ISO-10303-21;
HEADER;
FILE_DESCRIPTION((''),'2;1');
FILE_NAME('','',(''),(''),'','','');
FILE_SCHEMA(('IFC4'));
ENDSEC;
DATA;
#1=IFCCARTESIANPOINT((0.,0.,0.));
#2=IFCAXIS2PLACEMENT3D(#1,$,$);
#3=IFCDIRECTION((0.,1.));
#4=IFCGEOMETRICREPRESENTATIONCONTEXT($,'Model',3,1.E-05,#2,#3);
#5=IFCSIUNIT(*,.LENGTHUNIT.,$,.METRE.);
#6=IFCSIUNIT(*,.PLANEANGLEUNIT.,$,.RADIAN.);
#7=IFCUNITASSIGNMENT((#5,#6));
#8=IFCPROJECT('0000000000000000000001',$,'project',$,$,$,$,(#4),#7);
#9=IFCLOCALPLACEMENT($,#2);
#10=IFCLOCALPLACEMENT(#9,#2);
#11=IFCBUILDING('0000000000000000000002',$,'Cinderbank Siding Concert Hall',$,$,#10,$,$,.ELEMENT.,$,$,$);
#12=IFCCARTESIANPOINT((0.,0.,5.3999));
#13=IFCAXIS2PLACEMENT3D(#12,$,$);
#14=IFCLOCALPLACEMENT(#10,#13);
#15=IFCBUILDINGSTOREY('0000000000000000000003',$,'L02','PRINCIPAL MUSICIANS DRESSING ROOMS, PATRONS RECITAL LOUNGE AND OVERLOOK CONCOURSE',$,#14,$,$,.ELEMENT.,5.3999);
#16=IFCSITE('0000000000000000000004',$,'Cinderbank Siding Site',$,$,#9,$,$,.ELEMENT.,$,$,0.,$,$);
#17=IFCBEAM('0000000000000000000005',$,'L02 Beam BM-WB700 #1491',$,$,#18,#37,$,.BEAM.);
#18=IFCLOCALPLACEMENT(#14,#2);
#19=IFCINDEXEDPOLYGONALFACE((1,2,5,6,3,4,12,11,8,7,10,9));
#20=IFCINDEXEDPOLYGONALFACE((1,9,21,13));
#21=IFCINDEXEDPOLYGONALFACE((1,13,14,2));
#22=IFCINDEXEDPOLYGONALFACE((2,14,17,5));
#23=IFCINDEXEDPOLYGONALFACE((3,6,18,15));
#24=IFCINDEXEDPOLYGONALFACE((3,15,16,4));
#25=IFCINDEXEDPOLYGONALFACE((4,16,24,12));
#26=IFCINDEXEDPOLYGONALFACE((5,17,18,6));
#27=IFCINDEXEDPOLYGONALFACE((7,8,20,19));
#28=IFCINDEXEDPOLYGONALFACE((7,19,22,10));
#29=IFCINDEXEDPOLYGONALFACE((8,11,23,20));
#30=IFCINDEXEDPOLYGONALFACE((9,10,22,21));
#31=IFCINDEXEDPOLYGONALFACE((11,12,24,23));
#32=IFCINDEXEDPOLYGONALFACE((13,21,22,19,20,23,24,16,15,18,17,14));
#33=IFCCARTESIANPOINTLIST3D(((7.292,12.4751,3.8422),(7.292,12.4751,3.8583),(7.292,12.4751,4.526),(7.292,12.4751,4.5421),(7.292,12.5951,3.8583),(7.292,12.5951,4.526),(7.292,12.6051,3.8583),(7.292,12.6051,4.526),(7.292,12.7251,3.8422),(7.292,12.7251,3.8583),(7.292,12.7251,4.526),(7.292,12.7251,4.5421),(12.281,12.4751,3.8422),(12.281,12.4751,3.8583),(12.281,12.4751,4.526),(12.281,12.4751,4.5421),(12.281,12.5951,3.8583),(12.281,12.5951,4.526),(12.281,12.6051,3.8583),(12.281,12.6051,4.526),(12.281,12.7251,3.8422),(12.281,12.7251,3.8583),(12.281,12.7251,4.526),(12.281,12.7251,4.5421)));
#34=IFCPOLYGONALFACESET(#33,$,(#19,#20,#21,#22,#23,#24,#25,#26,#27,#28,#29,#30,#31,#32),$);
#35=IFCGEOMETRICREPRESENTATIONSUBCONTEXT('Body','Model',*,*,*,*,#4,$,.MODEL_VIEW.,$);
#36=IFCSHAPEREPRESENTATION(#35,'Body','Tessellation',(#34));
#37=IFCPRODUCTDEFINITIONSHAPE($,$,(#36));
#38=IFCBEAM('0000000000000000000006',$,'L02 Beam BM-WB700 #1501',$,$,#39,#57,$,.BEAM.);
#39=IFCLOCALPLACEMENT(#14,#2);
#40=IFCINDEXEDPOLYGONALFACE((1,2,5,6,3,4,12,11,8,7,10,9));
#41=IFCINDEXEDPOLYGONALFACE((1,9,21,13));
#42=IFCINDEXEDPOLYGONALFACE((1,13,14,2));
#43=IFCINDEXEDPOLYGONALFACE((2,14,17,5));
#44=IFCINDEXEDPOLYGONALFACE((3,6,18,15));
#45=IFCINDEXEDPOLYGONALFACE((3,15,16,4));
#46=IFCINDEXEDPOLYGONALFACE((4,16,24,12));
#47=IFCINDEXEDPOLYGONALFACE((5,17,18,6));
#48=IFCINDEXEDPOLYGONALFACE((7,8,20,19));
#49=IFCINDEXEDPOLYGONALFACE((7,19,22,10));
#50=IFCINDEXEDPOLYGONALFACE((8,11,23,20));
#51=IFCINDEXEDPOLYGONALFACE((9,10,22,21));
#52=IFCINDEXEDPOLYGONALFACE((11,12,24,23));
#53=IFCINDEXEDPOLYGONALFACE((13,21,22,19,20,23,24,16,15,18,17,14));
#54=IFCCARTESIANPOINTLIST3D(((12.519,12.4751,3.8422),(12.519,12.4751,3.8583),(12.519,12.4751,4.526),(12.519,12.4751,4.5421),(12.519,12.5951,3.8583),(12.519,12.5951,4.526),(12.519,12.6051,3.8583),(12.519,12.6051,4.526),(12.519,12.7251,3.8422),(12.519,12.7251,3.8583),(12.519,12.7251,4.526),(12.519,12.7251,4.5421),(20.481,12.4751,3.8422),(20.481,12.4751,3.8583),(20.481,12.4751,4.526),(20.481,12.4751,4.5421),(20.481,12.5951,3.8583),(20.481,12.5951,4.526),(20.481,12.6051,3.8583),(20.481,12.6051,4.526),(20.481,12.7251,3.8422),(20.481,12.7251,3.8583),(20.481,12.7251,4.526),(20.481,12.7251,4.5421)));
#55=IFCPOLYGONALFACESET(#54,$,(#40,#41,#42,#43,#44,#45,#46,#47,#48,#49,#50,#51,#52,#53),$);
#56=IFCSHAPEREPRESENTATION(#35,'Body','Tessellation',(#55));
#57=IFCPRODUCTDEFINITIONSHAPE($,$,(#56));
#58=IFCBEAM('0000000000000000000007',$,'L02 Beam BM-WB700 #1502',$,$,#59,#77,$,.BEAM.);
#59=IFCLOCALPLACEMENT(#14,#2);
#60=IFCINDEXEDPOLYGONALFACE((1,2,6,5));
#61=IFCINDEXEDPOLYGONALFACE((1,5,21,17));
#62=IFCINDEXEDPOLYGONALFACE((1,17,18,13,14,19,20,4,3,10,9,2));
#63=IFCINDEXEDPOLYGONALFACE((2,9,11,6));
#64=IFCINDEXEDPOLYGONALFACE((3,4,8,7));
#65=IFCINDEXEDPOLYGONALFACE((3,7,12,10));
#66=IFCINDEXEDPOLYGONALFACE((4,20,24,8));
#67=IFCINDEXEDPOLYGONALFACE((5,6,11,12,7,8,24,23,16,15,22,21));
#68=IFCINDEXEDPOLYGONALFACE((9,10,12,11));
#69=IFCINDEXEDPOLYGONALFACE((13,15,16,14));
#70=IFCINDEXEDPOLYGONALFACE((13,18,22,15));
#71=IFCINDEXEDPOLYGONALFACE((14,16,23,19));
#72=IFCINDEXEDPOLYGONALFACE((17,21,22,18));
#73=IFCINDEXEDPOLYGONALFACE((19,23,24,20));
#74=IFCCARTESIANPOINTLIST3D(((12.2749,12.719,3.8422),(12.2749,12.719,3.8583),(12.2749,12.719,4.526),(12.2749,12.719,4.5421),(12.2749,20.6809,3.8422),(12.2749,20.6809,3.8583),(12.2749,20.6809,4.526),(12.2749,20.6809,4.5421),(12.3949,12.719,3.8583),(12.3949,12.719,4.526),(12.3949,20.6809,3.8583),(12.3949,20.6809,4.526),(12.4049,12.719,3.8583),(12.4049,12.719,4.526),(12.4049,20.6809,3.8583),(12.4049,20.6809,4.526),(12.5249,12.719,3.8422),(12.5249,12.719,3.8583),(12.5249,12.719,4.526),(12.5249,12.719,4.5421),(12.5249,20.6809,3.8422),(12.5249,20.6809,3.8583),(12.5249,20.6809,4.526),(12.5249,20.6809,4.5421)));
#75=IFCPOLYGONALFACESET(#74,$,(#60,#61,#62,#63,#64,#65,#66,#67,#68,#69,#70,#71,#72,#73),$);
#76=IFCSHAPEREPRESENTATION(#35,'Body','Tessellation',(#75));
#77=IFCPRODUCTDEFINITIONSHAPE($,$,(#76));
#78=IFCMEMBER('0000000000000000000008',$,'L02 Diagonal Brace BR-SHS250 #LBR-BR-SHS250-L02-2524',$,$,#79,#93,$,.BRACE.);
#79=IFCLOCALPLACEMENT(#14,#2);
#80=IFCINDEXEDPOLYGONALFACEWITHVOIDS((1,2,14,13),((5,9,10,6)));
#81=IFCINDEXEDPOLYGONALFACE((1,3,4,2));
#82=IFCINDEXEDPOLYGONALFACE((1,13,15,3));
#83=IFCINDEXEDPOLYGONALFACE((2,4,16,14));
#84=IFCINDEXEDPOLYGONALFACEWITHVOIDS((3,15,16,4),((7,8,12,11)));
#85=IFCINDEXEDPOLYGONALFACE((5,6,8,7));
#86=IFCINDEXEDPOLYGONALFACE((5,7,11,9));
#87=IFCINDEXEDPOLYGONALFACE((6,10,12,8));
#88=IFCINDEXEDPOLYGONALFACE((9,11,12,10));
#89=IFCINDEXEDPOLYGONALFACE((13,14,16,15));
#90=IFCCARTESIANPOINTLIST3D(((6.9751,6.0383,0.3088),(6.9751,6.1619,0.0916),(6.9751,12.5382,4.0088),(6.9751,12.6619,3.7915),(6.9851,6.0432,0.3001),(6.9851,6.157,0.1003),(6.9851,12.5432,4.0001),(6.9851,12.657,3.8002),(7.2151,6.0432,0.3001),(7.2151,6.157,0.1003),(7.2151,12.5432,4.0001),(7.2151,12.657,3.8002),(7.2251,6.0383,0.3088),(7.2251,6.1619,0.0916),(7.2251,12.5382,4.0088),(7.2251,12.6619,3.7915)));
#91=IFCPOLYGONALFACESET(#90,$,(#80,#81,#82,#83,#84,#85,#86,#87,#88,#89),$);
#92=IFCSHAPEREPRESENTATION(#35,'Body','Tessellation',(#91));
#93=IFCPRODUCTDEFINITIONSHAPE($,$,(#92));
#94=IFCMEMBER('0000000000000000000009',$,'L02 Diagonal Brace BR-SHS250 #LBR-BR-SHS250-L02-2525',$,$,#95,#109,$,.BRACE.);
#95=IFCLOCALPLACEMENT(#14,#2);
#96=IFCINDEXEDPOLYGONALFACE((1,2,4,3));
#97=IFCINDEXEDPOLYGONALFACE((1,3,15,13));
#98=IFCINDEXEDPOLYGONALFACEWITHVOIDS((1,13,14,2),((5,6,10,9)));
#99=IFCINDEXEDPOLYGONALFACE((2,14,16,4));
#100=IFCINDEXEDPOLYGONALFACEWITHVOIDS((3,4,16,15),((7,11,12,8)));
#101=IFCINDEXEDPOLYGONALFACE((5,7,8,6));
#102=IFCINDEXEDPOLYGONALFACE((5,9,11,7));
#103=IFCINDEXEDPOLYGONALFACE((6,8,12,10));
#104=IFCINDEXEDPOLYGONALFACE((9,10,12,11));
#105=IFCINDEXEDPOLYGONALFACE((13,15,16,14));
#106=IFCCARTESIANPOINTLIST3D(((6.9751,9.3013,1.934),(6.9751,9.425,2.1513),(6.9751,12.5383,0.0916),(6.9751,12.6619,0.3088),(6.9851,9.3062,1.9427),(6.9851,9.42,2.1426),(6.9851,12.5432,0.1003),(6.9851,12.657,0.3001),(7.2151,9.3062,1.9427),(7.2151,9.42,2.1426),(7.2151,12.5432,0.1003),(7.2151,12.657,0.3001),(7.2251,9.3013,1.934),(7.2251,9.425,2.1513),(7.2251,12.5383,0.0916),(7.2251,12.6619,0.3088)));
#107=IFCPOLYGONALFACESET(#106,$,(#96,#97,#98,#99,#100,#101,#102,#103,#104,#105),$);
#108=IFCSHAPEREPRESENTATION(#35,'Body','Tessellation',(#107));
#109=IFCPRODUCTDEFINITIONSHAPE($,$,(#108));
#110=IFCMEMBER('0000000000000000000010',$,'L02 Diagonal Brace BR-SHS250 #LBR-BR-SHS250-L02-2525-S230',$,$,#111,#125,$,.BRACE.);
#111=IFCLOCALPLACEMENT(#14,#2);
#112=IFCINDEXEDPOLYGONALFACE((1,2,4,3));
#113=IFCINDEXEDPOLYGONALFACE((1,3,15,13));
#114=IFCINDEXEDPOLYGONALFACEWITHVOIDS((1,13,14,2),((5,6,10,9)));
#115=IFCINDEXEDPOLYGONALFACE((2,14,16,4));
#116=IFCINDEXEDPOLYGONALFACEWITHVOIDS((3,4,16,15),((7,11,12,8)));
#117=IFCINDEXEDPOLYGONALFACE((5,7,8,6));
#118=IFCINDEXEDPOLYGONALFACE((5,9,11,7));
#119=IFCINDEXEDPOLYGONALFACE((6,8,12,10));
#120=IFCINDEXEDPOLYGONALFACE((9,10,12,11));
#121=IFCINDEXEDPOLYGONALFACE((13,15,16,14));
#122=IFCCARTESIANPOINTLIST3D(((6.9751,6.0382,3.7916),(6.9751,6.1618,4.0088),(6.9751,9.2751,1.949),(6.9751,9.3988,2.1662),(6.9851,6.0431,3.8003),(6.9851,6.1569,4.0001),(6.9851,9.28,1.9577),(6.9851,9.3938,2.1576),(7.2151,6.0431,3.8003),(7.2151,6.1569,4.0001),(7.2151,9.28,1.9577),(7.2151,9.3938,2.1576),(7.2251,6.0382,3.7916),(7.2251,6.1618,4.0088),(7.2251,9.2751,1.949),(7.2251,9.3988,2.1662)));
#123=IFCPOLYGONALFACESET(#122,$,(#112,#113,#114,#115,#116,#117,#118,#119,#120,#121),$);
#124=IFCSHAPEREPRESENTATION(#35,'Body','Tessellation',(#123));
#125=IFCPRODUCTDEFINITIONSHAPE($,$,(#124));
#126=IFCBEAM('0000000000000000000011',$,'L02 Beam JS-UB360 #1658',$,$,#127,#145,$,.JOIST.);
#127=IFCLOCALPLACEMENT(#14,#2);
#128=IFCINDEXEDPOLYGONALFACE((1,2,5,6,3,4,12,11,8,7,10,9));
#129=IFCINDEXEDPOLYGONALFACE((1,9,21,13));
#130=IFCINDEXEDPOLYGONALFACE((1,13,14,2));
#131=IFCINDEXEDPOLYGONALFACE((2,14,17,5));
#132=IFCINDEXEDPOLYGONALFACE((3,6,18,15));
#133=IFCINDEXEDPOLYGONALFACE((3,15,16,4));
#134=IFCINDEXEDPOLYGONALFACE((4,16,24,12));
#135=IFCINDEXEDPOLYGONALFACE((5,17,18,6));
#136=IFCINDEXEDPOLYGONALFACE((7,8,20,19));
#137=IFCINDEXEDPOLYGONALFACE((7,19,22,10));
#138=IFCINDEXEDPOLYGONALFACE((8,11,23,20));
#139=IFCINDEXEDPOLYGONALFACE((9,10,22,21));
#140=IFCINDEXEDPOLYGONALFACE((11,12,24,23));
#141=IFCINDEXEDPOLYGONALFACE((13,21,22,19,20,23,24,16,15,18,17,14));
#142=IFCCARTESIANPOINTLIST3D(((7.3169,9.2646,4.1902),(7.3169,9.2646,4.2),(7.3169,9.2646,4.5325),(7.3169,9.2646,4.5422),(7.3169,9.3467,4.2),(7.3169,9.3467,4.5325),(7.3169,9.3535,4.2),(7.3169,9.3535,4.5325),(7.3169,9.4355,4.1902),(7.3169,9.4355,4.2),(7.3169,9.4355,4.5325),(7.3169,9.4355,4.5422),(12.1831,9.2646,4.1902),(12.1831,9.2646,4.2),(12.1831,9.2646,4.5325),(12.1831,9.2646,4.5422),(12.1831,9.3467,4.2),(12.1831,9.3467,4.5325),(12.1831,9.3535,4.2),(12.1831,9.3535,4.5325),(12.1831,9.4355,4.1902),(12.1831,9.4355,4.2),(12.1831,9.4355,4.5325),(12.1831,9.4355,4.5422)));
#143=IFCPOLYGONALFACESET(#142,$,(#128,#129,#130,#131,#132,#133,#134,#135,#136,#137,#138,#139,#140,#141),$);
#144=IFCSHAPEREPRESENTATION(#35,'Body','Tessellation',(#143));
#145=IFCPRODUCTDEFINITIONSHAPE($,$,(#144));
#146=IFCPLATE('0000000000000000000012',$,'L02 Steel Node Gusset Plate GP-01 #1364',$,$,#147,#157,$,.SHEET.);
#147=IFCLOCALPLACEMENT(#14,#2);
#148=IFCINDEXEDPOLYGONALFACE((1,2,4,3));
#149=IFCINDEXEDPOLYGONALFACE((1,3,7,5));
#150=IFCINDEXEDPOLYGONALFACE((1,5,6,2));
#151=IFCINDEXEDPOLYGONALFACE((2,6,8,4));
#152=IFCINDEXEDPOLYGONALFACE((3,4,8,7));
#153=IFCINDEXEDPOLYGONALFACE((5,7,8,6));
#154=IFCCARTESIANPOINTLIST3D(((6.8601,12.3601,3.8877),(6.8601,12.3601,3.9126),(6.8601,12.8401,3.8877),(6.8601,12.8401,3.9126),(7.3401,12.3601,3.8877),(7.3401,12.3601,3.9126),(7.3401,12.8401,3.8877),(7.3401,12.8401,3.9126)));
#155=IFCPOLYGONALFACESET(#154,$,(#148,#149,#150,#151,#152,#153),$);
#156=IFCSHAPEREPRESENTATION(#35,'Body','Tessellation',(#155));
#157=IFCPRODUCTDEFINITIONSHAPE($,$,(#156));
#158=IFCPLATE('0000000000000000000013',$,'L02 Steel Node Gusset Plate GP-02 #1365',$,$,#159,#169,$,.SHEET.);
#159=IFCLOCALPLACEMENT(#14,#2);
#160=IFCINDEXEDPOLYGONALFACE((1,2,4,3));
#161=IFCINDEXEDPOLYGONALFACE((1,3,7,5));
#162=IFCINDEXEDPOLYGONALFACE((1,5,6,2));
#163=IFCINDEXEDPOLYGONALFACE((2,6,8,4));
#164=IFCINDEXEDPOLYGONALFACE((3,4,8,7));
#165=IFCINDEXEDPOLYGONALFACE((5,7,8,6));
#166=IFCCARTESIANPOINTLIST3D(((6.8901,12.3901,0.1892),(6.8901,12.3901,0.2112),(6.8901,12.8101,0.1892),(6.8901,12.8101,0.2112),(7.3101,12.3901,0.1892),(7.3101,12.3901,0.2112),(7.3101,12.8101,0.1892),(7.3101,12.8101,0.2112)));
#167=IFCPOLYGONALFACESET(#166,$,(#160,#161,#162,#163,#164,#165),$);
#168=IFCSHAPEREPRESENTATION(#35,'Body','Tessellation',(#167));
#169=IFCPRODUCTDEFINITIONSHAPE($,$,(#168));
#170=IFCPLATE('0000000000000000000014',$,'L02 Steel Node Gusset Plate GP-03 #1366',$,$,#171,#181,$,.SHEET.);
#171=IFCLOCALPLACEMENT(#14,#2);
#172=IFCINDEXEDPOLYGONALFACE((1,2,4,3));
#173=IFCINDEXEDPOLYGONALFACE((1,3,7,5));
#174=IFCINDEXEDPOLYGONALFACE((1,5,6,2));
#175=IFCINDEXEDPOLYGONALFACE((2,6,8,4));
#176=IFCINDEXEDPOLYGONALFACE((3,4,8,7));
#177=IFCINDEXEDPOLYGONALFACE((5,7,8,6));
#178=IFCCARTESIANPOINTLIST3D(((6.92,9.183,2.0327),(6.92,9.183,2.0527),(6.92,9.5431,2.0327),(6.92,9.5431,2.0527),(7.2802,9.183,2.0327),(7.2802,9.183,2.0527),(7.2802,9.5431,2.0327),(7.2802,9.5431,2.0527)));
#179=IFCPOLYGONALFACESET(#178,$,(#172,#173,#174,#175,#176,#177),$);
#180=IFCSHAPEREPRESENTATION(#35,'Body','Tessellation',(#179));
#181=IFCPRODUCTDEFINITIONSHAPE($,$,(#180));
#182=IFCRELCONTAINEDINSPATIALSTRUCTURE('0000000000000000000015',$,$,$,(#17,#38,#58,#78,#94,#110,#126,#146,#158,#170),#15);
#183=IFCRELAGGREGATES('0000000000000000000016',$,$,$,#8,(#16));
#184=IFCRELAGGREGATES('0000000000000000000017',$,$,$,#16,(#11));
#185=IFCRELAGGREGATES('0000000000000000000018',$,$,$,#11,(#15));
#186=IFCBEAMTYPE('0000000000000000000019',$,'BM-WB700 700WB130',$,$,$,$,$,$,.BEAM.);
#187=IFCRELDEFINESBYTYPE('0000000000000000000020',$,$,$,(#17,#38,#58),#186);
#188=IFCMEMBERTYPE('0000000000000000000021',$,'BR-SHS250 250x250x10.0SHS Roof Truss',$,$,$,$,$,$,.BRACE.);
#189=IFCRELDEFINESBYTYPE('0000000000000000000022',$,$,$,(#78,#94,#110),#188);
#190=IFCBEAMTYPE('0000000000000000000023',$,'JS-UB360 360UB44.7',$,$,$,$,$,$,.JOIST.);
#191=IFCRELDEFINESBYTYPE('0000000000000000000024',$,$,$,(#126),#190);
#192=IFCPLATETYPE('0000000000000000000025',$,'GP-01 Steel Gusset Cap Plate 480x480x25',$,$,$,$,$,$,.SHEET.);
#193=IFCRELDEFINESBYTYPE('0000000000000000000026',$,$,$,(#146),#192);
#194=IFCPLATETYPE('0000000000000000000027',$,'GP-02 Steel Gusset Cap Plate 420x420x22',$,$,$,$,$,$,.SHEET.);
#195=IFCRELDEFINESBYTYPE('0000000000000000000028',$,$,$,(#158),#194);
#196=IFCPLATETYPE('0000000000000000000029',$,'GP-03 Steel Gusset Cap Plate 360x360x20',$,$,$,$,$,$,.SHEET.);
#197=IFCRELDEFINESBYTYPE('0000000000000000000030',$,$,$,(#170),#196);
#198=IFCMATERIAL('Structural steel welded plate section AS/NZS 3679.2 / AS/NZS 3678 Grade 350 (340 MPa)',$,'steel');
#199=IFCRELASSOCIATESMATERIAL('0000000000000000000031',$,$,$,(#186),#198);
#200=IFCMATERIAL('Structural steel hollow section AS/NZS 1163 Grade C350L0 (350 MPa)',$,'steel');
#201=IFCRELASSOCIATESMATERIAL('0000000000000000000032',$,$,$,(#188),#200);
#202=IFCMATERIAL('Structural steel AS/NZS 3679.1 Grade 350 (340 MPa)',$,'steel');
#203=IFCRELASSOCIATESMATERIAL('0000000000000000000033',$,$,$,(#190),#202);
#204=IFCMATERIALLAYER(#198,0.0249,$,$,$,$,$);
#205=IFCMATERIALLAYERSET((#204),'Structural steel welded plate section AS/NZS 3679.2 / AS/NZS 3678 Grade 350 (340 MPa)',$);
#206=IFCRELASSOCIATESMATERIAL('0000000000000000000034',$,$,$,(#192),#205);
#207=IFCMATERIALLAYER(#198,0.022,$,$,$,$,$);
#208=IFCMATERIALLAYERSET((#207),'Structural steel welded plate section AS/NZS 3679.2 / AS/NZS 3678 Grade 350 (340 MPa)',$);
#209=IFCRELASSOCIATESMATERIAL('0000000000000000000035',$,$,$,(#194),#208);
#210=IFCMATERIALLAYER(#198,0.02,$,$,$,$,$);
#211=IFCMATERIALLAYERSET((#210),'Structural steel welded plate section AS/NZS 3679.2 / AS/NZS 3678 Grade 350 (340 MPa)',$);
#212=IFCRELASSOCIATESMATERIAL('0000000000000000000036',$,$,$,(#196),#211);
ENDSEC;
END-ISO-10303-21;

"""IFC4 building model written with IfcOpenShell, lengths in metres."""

from ifc_helpers import new_model, si_unit, direction, frame, origin, origin_2d, place, context, subcontext, project, spatial, rectangle, hollow_rectangle, i_section, extrude, material, layer, layer_set, material_profile, profile_set, type_object, element, save


model = new_model("IFC4")

# Units and contexts
model_context = context("Model", 3, precision=1e-05, world=origin(), true_north=direction((0.0, 1.0)))
body_context = subcontext(model_context, "Body", "Model", "MODEL_VIEW")
ifc_project = project(units=[si_unit("LENGTHUNIT", "METRE"), si_unit("PLANEANGLEUNIT", "RADIAN")], contexts=[model_context])

# Site, building, storey
site_placement = place(None, origin())
site = spatial("IfcSite", under=ifc_project, at=site_placement, Name="Cinderbank Siding Site", CompositionType="ELEMENT", RefElevation=0.0)
building_placement = place(site_placement, origin())
building = spatial("IfcBuilding", under=site, at=building_placement, Name="Cinderbank Siding Concert Hall", CompositionType="ELEMENT")
storey_placement = place(building_placement, frame((0.0, 0.0, 5.3999)))
storey = spatial("IfcBuildingStorey", under=building, at=storey_placement, Name="L02", Description="PRINCIPAL MUSICIANS DRESSING ROOMS, PATRONS RECITAL LOUNGE AND OVERLOOK CONCOURSE", CompositionType="ELEMENT", Elevation=5.3999)

# Shared definitions
ifc_material_1 = material(Name="Structural steel AS/NZS 3679.1 Grade 350 (340 MPa)", Category="steel")

# Beams
ifc_material_2 = material(Name="Structural steel welded plate section AS/NZS 3679.2 / AS/NZS 3678 Grade 350 (340 MPa)", Category="steel")
ifc_material_profile_1 = material_profile(ifc_material_2, i_section(OverallWidth=0.25, OverallDepth=0.7, WebThickness=0.01, FlangeThickness=0.0161, at=origin_2d()), Name="700WB130", Category="LoadBearing")
ifc_profile_set_1 = profile_set([ifc_material_profile_1], Name="Structural steel welded plate section AS/NZS 3679.2 / AS/NZS 3678 Grade 350 (340 MPa)")
beam_type_1 = type_object("IfcBeamType", Name="BM-WB700 700WB130", PredefinedType="BEAM", material=ifc_profile_set_1)
beam_1_placement = place(storey_placement, frame((7.292, 12.6001, 4.1921), z_axis=(1.0, 0.0, 0.0), x_axis=(0.0, 1.0, 0.0)))
element("IfcBeam", 1, at=beam_1_placement, inside=storey, type_object=beam_type_1, Name="L02 Beam BM-WB700 #1491", PredefinedType="BEAM", context=body_context, shape_type="SweptSolid", body=[
    extrude(i_section(OverallWidth=0.25, OverallDepth=0.7, WebThickness=0.01, FlangeThickness=0.0161, at=origin_2d()), origin(), (0.0, 0.0, 1.0), 4.989),
])
for number, where, z_axis, x_axis, name in (
    (2, (12.519, 12.6001, 4.1921), (1.0, 0.0, 0.0), (0.0, 1.0, 0.0), "L02 Beam BM-WB700 #1501"),
    (3, (12.3999, 12.719, 4.1921), (0.0, 1.0, 0.0), (-1.0, 0.0, 0.0), "L02 Beam BM-WB700 #1502"),
):
    element("IfcBeam", number, at=place(storey_placement, frame(where, z_axis=z_axis, x_axis=x_axis)), inside=storey, type_object=beam_type_1, Name=name, PredefinedType="BEAM", context=body_context, shape_type="SweptSolid", body=[
        extrude(i_section(OverallWidth=0.25, OverallDepth=0.7, WebThickness=0.01, FlangeThickness=0.0161, at=origin_2d()), origin(), (0.0, 0.0, 1.0), 7.9619),
    ])

# Members
ifc_material_3 = material(Name="Structural steel hollow section AS/NZS 1163 Grade C350L0 (350 MPa)", Category="steel")
ifc_material_profile_2 = material_profile(ifc_material_3, hollow_rectangle(XDim=0.25, YDim=0.25, WallThickness=0.01, at=origin_2d()), Name="250x250x10.0SHS", Category="LoadBearing")
ifc_profile_set_2 = profile_set([ifc_material_profile_2], Name="Structural steel hollow section AS/NZS 1163 Grade C350L0 (350 MPa)")
member_type = type_object("IfcMemberType", Name="BR-SHS250 250x250x10.0SHS Roof Truss", PredefinedType="BRACE", material=ifc_profile_set_2)
member_placement = place(storey_placement, frame((7.1001, 6.1001, 0.2002), z_axis=(0.0, 0.869068, 0.494693), x_axis=(-1.0, 0.0, 0.0)))
element("IfcMember", 4, at=member_placement, inside=storey, type_object=member_type, Name="L02 Diagonal Brace BR-SHS250 #LBR-BR-SHS250-L02-2524", PredefinedType="BRACE", context=body_context, shape_type="SweptSolid", body=[
    extrude(hollow_rectangle(XDim=0.25, YDim=0.25, WallThickness=0.01, at=origin_2d()), origin(), (0.0, 0.0, 1.0), 7.4792),
])
for number, where, z_axis, x_axis, name in (
    (5, (7.1001, 12.6001, 0.2002), (0.0, -0.869077, 0.494677), (1.0, 0.0, 0.0), "L02 Diagonal Brace BR-SHS250 #LBR-BR-SHS250-L02-2525"),
    (6, (7.1001, 9.3369, 2.0576), (0.0, -0.869061, 0.494705), (1.0, 0.0, 0.0), "L02 Diagonal Brace BR-SHS250 #LBR-BR-SHS250-L02-2525-S230"),
):
    element("IfcMember", number, at=place(storey_placement, frame(where, z_axis=z_axis, x_axis=x_axis)), inside=storey, type_object=member_type, Name=name, PredefinedType="BRACE", context=body_context, shape_type="SweptSolid", body=[
        extrude(hollow_rectangle(XDim=0.25, YDim=0.25, WallThickness=0.01, at=origin_2d()), origin(), (0.0, 0.0, 1.0), 3.7246),
    ])

# Beam
ifc_material_profile_3 = material_profile(ifc_material_1, i_section(OverallWidth=0.1709, OverallDepth=0.3521, WebThickness=0.0068, FlangeThickness=0.0098, at=origin_2d()), Name="360UB44.7", Category="LoadBearing")
ifc_profile_set_3 = profile_set([ifc_material_profile_3], Name="Structural steel AS/NZS 3679.1 Grade 350 (340 MPa)")
beam_type_2 = type_object("IfcBeamType", Name="JS-UB360 360UB44.7", PredefinedType="JOIST", material=ifc_profile_set_3)
beam_2_placement = place(storey_placement, frame((7.3169, 9.3501, 4.3662), z_axis=(1.0, 0.0, 0.0), x_axis=(0.0, 1.0, 0.0)))
element("IfcBeam", 7, at=beam_2_placement, inside=storey, type_object=beam_type_2, Name="L02 Beam JS-UB360 #1658", PredefinedType="JOIST", context=body_context, shape_type="SweptSolid", body=[
    extrude(i_section(OverallWidth=0.1709, OverallDepth=0.3521, WebThickness=0.0068, FlangeThickness=0.0098, at=origin_2d()), origin(), (0.0, 0.0, 1.0), 4.8662),
])

# Plates
ifc_layer_1 = layer(ifc_material_2, 0.0249)
ifc_layer_set_1 = layer_set([ifc_layer_1], Name="Structural steel welded plate section AS/NZS 3679.2 / AS/NZS 3678 Grade 350 (340 MPa)")
plate_type_1 = type_object("IfcPlateType", Name="GP-01 Steel Gusset Cap Plate 480x480x25", PredefinedType="SHEET", material=ifc_layer_set_1)
plate_1_placement = place(storey_placement, frame((7.1001, 12.6001, 3.8877), z_axis=(0.0, 0.0, 1.0), x_axis=(0.0, 1.0, 0.0)))
element("IfcPlate", 8, at=plate_1_placement, inside=storey, type_object=plate_type_1, Name="L02 Steel Node Gusset Plate GP-01 #1364", PredefinedType="SHEET", context=body_context, shape_type="SweptSolid", body=[
    extrude(rectangle(XDim=0.48, YDim=0.48, at=origin_2d()), origin(), (0.0, 0.0, 1.0), 0.0249),
])
ifc_layer_2 = layer(ifc_material_2, 0.022)
ifc_layer_set_2 = layer_set([ifc_layer_2], Name="Structural steel welded plate section AS/NZS 3679.2 / AS/NZS 3678 Grade 350 (340 MPa)")
plate_type_2 = type_object("IfcPlateType", Name="GP-02 Steel Gusset Cap Plate 420x420x22", PredefinedType="SHEET", material=ifc_layer_set_2)
plate_2_placement = place(storey_placement, frame((7.1001, 12.6001, 0.1892), z_axis=(0.0, 0.0, 1.0), x_axis=(0.0, -1.0, 0.0)))
element("IfcPlate", 9, at=plate_2_placement, inside=storey, type_object=plate_type_2, Name="L02 Steel Node Gusset Plate GP-02 #1365", PredefinedType="SHEET", context=body_context, shape_type="SweptSolid", body=[
    extrude(rectangle(XDim=0.4199, YDim=0.4199, at=origin_2d()), origin(), (0.0, 0.0, 1.0), 0.022),
])
ifc_layer_3 = layer(ifc_material_2, 0.02)
ifc_layer_set_3 = layer_set([ifc_layer_3], Name="Structural steel welded plate section AS/NZS 3679.2 / AS/NZS 3678 Grade 350 (340 MPa)")
plate_type_3 = type_object("IfcPlateType", Name="GP-03 Steel Gusset Cap Plate 360x360x20", PredefinedType="SHEET", material=ifc_layer_set_3)
plate_3_placement = place(storey_placement, frame((7.1001, 9.363, 2.0327), z_axis=(0.0, 0.0, 1.0), x_axis=(0.0, -1.0, 0.0)))
element("IfcPlate", 10, at=plate_3_placement, inside=storey, type_object=plate_type_3, Name="L02 Steel Node Gusset Plate GP-03 #1366", PredefinedType="SHEET", context=body_context, shape_type="SweptSolid", body=[
    extrude(rectangle(XDim=0.3601, YDim=0.3601, at=origin_2d()), origin(), (0.0, 0.0, 1.0), 0.02),
])

save(model, "model.ifc")
